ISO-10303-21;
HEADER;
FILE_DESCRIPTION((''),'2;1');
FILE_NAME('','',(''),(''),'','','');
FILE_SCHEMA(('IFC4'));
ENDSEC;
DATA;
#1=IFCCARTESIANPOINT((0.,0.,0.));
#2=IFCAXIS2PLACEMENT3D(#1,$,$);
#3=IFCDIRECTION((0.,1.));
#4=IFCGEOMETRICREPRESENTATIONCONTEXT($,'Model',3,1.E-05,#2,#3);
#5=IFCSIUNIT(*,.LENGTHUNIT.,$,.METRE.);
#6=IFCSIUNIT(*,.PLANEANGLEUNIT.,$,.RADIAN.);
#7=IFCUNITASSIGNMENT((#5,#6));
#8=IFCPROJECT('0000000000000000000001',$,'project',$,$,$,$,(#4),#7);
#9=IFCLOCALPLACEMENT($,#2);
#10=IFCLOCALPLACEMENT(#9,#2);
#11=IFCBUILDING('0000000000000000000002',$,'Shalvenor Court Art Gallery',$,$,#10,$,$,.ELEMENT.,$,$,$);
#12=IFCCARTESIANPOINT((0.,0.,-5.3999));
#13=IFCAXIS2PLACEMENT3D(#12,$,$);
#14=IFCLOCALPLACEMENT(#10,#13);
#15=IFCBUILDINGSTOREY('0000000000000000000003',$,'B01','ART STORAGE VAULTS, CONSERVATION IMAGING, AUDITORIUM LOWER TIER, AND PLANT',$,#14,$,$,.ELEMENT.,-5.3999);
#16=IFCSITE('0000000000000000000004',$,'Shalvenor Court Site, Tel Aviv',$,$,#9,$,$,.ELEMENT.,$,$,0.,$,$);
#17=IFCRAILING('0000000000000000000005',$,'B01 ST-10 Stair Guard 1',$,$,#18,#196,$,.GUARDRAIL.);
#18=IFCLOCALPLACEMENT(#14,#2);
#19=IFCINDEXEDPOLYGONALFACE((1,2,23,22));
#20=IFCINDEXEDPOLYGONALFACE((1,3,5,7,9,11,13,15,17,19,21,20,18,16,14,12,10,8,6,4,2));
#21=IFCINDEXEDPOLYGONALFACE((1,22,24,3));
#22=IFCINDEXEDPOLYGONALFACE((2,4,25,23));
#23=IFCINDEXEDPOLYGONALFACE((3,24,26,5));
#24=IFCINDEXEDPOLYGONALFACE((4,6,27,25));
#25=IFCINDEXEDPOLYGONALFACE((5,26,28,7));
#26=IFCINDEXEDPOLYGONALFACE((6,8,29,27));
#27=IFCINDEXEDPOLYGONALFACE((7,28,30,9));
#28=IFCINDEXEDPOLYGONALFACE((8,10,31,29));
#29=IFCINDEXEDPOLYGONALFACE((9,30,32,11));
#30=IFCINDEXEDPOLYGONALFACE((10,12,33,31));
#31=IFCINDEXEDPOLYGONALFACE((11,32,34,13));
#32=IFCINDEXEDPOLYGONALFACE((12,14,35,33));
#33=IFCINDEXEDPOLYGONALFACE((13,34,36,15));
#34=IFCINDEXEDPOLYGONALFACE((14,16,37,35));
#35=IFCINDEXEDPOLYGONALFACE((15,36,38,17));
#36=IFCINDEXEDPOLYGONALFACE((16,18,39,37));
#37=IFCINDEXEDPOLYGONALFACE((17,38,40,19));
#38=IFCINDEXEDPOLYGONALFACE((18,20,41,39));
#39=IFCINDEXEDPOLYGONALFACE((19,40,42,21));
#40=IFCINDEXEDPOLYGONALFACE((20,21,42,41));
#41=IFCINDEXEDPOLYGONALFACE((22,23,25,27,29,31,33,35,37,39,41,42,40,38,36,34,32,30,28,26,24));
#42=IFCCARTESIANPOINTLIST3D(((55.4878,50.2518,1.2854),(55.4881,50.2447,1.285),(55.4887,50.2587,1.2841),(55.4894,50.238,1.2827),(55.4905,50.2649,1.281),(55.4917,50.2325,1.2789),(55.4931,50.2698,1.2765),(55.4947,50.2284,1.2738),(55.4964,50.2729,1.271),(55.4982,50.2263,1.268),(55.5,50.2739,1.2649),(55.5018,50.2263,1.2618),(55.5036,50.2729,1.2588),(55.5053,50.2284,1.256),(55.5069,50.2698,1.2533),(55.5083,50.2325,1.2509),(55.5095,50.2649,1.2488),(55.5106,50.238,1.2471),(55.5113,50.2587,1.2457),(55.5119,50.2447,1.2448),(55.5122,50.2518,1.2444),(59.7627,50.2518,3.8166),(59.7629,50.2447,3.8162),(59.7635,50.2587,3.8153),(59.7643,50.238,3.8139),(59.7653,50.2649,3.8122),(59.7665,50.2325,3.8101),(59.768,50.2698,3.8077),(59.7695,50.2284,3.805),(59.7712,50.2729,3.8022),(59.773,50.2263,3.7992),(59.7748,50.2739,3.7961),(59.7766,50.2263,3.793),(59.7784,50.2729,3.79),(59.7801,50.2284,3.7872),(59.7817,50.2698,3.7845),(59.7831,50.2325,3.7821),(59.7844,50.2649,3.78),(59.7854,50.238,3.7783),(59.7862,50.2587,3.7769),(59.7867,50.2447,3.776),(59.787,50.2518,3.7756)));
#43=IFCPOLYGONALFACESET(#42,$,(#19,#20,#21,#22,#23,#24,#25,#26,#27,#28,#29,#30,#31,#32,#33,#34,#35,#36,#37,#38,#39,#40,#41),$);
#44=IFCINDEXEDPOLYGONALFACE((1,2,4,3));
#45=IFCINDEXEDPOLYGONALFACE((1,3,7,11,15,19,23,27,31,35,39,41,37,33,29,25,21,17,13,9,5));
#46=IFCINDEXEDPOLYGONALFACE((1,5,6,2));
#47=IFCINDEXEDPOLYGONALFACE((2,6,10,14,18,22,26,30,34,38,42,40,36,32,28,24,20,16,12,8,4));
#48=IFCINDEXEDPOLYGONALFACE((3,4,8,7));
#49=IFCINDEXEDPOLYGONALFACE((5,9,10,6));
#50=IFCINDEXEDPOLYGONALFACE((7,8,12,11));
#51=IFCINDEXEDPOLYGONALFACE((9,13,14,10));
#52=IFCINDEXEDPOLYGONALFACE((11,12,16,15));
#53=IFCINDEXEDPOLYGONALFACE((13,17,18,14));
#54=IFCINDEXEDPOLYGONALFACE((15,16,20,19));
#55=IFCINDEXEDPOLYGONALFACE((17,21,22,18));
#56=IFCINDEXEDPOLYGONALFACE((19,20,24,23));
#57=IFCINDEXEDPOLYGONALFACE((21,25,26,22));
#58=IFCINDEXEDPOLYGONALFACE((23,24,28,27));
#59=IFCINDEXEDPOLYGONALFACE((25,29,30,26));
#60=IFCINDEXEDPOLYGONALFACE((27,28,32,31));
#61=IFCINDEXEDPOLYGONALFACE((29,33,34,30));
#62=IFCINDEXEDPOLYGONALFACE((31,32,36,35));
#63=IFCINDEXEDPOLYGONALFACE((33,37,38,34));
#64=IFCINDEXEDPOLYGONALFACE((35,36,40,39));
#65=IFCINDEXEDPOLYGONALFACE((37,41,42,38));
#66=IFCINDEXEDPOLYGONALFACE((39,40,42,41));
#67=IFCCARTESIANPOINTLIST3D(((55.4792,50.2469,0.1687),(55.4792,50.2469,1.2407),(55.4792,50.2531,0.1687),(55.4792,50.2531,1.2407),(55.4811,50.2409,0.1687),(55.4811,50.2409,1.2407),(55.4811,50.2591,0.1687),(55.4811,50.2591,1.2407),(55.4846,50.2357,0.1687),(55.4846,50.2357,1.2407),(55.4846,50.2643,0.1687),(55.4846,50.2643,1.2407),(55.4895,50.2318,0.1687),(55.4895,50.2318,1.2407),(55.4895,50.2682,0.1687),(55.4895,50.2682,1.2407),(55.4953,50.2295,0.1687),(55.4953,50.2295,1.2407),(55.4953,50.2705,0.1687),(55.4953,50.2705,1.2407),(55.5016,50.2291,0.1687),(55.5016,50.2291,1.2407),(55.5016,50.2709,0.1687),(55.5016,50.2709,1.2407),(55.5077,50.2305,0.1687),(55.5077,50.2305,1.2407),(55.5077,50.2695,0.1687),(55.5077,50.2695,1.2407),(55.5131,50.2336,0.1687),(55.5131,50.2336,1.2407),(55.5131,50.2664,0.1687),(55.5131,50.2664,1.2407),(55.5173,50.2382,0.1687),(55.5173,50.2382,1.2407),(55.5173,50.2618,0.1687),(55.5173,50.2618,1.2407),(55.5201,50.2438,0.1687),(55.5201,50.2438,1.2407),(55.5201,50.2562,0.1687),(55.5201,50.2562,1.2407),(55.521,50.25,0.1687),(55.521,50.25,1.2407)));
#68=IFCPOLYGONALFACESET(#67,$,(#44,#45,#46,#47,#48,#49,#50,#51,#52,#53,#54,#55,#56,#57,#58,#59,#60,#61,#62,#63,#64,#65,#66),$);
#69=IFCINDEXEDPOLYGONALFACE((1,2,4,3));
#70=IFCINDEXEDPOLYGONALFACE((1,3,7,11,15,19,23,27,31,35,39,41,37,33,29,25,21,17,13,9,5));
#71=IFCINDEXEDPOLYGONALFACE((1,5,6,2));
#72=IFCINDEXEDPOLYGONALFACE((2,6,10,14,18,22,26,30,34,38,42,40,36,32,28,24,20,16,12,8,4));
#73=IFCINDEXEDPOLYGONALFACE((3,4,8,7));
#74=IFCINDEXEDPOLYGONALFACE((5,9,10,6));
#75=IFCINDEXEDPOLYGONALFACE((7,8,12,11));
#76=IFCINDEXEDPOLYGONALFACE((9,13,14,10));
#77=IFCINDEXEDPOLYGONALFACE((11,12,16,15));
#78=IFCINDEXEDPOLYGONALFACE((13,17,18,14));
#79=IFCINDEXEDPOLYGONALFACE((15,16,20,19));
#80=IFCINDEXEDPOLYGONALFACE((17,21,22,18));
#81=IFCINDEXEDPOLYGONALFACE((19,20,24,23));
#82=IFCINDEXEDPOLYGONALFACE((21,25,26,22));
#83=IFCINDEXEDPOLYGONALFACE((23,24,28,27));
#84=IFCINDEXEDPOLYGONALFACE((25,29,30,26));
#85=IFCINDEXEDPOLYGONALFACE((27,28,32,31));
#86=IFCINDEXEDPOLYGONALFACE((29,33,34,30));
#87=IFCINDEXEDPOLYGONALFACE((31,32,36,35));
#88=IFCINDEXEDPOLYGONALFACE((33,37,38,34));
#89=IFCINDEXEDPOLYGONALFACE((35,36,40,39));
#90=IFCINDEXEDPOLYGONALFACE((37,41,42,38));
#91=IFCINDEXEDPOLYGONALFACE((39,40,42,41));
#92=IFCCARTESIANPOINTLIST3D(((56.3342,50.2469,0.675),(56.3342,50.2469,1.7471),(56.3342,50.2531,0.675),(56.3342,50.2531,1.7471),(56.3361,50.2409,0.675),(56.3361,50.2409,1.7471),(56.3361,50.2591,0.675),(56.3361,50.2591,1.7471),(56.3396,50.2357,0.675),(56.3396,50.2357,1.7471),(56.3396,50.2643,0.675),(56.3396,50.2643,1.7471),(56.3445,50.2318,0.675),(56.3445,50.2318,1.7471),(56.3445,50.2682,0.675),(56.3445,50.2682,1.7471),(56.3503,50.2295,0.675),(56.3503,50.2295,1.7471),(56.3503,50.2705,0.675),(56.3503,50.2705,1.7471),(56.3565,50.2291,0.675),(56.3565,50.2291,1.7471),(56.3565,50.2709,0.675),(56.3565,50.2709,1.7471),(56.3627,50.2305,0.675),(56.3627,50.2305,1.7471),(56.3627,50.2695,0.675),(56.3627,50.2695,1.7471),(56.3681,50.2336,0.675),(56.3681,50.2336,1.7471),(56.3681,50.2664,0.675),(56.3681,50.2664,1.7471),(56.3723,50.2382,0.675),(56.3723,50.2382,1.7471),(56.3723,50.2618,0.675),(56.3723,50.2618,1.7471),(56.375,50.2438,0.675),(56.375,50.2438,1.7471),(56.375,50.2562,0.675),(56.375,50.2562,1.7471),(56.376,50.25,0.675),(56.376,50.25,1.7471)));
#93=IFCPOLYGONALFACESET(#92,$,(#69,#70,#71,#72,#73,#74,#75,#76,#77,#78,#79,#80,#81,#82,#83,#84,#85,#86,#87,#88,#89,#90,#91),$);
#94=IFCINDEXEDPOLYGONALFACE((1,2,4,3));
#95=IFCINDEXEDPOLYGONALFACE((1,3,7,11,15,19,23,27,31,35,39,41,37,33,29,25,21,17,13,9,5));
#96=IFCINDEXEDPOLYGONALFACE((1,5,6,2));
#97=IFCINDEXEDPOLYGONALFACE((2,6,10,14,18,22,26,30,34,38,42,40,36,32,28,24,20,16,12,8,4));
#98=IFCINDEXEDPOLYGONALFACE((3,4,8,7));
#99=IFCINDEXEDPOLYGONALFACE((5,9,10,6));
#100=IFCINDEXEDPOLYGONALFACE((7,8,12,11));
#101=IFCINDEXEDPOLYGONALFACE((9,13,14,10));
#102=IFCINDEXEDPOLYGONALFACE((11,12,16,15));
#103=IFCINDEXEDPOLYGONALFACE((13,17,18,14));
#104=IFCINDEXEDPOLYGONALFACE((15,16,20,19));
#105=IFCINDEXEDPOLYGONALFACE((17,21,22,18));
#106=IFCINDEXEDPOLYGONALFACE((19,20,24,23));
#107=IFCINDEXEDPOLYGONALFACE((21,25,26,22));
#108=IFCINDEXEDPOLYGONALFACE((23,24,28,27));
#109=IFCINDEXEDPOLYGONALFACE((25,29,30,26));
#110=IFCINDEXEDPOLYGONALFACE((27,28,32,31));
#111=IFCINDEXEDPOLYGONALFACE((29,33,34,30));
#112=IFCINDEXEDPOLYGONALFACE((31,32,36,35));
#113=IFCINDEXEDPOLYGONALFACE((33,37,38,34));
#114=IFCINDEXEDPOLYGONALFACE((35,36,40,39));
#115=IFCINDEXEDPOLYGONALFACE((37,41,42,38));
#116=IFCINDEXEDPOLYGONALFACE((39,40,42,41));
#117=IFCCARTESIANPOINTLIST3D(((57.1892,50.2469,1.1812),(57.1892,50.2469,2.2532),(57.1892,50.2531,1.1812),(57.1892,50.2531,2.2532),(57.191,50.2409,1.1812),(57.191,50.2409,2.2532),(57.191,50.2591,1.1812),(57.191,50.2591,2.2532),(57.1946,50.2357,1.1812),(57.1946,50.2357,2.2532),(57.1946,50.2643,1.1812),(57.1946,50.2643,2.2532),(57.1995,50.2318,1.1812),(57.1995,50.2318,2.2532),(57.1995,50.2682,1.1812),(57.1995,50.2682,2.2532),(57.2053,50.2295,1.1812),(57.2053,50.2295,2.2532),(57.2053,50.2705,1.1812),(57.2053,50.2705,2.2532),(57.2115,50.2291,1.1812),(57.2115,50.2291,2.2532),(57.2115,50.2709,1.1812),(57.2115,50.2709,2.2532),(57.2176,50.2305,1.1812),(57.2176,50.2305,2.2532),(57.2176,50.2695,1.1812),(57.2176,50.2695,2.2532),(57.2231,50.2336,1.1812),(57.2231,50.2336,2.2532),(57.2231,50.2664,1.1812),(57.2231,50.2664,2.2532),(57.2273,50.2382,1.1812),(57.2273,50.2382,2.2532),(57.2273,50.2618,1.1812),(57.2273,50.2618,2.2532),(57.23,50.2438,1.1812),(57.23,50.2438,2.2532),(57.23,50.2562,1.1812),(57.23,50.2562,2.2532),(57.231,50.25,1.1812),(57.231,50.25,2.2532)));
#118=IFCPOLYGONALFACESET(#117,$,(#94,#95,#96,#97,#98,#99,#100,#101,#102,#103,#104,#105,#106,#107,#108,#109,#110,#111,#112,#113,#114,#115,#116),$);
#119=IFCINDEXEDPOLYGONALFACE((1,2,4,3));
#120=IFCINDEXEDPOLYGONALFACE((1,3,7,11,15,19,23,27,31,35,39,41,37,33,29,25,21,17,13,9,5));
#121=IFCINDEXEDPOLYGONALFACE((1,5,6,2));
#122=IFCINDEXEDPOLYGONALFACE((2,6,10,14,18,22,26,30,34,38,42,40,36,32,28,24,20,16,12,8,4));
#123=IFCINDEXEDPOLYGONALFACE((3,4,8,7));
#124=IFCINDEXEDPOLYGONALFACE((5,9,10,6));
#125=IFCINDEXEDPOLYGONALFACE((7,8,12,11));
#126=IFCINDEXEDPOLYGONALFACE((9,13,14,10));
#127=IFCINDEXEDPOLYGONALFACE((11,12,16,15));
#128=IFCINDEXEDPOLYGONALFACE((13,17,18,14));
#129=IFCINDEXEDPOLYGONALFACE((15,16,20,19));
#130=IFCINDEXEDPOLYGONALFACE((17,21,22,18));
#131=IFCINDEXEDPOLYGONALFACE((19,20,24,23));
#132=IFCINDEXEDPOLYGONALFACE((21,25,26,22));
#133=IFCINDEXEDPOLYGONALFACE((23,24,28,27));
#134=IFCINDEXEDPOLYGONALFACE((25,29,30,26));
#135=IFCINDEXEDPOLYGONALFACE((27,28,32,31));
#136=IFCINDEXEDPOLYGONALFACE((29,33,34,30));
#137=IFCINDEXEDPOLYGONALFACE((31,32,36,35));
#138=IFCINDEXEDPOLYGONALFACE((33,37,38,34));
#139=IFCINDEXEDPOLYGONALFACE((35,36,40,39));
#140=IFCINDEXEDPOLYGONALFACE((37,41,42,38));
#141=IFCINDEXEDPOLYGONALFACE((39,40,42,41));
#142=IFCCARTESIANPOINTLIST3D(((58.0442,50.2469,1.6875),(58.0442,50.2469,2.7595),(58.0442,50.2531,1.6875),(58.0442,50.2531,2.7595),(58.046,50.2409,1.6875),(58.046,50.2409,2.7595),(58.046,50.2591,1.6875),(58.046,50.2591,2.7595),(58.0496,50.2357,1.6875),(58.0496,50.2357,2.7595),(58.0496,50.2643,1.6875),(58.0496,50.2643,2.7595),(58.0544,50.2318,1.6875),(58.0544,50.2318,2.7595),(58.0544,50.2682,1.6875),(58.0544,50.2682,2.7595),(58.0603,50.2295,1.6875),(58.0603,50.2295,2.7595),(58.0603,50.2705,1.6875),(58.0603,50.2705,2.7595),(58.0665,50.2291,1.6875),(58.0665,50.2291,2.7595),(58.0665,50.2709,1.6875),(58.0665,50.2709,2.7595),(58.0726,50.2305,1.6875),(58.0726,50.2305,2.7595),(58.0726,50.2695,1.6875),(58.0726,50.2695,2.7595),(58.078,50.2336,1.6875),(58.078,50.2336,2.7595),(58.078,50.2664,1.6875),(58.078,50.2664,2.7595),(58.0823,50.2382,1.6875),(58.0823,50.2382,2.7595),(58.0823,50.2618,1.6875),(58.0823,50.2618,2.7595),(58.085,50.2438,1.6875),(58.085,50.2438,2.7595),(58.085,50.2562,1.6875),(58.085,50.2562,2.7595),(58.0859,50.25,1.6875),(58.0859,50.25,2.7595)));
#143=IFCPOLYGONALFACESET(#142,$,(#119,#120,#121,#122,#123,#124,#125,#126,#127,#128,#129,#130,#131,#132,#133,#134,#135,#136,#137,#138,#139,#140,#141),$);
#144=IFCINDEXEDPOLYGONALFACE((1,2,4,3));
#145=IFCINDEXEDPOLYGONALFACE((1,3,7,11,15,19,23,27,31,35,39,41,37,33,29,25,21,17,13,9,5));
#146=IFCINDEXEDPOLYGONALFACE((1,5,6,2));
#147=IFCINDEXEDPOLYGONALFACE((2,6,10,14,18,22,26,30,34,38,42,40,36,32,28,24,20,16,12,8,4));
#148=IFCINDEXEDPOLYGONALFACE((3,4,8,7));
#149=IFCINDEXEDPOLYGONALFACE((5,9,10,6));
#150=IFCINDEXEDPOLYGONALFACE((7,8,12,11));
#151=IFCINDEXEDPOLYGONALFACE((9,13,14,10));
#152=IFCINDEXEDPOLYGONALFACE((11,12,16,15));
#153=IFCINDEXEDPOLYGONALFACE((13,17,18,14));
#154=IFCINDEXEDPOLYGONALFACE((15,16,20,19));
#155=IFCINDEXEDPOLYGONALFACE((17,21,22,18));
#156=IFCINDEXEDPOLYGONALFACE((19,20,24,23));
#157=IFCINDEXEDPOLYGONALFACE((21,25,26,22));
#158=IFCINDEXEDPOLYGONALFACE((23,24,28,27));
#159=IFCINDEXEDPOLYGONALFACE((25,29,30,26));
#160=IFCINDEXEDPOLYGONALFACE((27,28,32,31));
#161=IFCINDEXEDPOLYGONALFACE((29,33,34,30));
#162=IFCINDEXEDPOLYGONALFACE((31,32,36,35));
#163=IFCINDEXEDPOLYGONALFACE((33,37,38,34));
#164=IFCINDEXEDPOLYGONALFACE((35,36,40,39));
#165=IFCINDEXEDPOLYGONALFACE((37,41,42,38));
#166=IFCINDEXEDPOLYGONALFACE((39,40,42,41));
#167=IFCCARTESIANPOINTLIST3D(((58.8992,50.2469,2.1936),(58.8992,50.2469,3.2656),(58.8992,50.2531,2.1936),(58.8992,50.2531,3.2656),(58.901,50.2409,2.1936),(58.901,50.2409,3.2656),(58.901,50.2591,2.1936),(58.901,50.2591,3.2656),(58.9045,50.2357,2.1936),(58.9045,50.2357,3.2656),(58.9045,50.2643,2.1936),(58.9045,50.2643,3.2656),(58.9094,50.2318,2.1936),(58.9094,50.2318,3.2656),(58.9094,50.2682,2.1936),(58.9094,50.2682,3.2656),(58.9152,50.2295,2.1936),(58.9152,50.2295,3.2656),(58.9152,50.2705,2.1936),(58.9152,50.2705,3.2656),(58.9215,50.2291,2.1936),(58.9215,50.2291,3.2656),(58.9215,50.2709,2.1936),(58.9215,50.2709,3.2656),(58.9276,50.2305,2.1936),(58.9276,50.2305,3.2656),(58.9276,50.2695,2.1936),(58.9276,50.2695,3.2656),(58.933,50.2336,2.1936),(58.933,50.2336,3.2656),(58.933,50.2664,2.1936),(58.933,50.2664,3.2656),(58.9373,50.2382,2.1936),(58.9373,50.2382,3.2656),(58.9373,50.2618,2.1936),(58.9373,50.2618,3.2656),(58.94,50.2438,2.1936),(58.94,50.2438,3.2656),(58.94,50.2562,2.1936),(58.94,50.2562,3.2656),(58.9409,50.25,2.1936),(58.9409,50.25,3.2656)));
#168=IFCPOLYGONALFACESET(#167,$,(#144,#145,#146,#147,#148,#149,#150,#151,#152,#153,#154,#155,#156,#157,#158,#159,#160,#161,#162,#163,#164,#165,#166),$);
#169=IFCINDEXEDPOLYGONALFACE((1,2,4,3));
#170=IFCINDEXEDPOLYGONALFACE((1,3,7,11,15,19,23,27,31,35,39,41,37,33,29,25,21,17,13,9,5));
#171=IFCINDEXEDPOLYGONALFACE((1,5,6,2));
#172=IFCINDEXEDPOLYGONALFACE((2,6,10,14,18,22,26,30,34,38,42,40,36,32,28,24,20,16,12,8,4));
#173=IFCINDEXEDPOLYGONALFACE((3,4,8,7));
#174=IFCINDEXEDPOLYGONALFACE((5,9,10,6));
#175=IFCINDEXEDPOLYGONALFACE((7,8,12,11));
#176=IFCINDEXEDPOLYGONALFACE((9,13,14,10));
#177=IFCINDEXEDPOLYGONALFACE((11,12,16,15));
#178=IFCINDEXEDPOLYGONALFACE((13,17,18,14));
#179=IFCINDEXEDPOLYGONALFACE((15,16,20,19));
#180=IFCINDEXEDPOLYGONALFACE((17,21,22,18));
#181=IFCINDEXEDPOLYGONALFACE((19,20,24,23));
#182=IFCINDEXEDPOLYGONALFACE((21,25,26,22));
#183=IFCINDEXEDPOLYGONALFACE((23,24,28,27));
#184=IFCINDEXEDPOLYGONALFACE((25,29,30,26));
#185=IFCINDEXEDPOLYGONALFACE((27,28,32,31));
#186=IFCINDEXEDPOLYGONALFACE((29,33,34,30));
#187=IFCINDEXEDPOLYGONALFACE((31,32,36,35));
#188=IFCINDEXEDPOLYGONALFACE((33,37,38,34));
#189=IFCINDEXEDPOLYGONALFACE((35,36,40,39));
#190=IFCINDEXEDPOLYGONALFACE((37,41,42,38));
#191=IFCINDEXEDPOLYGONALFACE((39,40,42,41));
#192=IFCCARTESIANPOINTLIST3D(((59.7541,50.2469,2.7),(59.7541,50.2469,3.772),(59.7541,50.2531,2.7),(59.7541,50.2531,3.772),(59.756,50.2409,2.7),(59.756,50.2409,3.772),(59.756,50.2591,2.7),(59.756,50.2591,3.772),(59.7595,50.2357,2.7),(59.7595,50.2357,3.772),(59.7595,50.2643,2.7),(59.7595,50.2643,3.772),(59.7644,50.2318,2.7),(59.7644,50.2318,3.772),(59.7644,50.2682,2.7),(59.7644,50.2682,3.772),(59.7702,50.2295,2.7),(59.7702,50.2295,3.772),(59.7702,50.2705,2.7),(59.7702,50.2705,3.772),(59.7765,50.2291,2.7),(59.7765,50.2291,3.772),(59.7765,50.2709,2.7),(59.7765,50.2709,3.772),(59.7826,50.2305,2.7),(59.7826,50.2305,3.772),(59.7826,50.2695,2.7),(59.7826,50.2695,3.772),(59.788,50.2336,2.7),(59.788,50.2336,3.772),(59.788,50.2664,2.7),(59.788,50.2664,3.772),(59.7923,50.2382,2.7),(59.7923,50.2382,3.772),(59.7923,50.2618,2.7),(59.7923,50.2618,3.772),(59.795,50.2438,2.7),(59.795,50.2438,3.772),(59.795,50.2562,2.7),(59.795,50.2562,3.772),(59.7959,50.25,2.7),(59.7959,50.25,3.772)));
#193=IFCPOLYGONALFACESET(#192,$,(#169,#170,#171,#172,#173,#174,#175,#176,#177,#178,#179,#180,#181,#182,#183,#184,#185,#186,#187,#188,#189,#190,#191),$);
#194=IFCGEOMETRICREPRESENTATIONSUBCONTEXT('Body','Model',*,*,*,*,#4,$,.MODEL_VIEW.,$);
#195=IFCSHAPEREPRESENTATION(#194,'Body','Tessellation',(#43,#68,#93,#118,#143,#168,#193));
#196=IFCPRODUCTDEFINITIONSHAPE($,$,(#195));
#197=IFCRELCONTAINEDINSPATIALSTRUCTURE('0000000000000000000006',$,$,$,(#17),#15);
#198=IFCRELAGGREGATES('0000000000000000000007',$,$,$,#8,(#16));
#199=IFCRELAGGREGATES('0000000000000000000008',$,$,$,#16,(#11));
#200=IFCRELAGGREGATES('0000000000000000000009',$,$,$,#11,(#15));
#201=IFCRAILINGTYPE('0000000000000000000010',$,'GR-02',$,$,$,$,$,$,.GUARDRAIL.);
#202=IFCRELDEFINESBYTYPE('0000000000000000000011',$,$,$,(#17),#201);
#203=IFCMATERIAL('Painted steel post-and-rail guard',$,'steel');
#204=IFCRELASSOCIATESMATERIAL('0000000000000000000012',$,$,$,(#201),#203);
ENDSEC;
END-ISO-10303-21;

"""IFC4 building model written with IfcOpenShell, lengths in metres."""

from ifc_helpers import new_model, si_unit, direction, frame, origin, origin_2d, place, context, subcontext, project, spatial, circle, extrude, material, type_object, element, save


model = new_model("IFC4")

# Units and contexts
model_context = context("Model", 3, precision=1e-05, world=origin(), true_north=direction((0.0, 1.0)))
body_context = subcontext(model_context, "Body", "Model", "MODEL_VIEW")
ifc_project = project(units=[si_unit("LENGTHUNIT", "METRE"), si_unit("PLANEANGLEUNIT", "RADIAN")], contexts=[model_context])

# Site, building, storey
site_placement = place(None, origin())
site = spatial("IfcSite", under=ifc_project, at=site_placement, Name="Shalvenor Court Site, Tel Aviv", CompositionType="ELEMENT", RefElevation=0.0)
building_placement = place(site_placement, origin())
building = spatial("IfcBuilding", under=site, at=building_placement, Name="Shalvenor Court Art Gallery", CompositionType="ELEMENT")
storey_placement = place(building_placement, frame((0.0, 0.0, -5.3999)))
storey = spatial("IfcBuildingStorey", under=building, at=storey_placement, Name="B01", Description="ART STORAGE VAULTS, CONSERVATION IMAGING, AUDITORIUM LOWER TIER, AND PLANT", CompositionType="ELEMENT", Elevation=-5.3999)

# Railing
ifc_material_1 = material(Name="Painted steel post-and-rail guard", Category="steel")
railing_type_1 = type_object("IfcRailingType", Name="GR-02", PredefinedType="GUARDRAIL", material=ifc_material_1)
railing_1_placement = place(storey_placement, frame((55.5, 50.25, 0.1687)))
element("IfcRailing", 1, at=railing_1_placement, inside=storey, type_object=railing_type_1, Name="B01 ST-10 Stair Guard 1", PredefinedType="GUARDRAIL", context=body_context, shape_type="SweptSolid", body=[
    extrude(circle(Radius=0.0239, at=origin_2d()), frame((0.0, 0.0, 1.0962), z_axis=(0.86047, 0.0, 0.509501), x_axis=(0.0, 1.0, 0.0)), (0.0, 0.0, 1.0), 4.968),
    extrude(circle(Radius=0.021, at=origin_2d()), origin(), (0.0, 0.0, 1.0), 1.072),
    extrude(circle(Radius=0.021, at=origin_2d()), frame((0.855, 0.0, 0.5063)), (0.0, 0.0, 1.0), 1.072),
    extrude(circle(Radius=0.021, at=origin_2d()), frame((1.71, 0.0, 1.0125)), (0.0, 0.0, 1.0), 1.072),
    extrude(circle(Radius=0.021, at=origin_2d()), frame((2.5649, 0.0, 1.5188)), (0.0, 0.0, 1.0), 1.072),
    extrude(circle(Radius=0.021, at=origin_2d()), frame((3.4199, 0.0, 2.0249)), (0.0, 0.0, 1.0), 1.072),
    extrude(circle(Radius=0.021, at=origin_2d()), frame((4.2749, 0.0, 2.5312)), (0.0, 0.0, 1.0), 1.072),
])

save(model, "model.ifc")
